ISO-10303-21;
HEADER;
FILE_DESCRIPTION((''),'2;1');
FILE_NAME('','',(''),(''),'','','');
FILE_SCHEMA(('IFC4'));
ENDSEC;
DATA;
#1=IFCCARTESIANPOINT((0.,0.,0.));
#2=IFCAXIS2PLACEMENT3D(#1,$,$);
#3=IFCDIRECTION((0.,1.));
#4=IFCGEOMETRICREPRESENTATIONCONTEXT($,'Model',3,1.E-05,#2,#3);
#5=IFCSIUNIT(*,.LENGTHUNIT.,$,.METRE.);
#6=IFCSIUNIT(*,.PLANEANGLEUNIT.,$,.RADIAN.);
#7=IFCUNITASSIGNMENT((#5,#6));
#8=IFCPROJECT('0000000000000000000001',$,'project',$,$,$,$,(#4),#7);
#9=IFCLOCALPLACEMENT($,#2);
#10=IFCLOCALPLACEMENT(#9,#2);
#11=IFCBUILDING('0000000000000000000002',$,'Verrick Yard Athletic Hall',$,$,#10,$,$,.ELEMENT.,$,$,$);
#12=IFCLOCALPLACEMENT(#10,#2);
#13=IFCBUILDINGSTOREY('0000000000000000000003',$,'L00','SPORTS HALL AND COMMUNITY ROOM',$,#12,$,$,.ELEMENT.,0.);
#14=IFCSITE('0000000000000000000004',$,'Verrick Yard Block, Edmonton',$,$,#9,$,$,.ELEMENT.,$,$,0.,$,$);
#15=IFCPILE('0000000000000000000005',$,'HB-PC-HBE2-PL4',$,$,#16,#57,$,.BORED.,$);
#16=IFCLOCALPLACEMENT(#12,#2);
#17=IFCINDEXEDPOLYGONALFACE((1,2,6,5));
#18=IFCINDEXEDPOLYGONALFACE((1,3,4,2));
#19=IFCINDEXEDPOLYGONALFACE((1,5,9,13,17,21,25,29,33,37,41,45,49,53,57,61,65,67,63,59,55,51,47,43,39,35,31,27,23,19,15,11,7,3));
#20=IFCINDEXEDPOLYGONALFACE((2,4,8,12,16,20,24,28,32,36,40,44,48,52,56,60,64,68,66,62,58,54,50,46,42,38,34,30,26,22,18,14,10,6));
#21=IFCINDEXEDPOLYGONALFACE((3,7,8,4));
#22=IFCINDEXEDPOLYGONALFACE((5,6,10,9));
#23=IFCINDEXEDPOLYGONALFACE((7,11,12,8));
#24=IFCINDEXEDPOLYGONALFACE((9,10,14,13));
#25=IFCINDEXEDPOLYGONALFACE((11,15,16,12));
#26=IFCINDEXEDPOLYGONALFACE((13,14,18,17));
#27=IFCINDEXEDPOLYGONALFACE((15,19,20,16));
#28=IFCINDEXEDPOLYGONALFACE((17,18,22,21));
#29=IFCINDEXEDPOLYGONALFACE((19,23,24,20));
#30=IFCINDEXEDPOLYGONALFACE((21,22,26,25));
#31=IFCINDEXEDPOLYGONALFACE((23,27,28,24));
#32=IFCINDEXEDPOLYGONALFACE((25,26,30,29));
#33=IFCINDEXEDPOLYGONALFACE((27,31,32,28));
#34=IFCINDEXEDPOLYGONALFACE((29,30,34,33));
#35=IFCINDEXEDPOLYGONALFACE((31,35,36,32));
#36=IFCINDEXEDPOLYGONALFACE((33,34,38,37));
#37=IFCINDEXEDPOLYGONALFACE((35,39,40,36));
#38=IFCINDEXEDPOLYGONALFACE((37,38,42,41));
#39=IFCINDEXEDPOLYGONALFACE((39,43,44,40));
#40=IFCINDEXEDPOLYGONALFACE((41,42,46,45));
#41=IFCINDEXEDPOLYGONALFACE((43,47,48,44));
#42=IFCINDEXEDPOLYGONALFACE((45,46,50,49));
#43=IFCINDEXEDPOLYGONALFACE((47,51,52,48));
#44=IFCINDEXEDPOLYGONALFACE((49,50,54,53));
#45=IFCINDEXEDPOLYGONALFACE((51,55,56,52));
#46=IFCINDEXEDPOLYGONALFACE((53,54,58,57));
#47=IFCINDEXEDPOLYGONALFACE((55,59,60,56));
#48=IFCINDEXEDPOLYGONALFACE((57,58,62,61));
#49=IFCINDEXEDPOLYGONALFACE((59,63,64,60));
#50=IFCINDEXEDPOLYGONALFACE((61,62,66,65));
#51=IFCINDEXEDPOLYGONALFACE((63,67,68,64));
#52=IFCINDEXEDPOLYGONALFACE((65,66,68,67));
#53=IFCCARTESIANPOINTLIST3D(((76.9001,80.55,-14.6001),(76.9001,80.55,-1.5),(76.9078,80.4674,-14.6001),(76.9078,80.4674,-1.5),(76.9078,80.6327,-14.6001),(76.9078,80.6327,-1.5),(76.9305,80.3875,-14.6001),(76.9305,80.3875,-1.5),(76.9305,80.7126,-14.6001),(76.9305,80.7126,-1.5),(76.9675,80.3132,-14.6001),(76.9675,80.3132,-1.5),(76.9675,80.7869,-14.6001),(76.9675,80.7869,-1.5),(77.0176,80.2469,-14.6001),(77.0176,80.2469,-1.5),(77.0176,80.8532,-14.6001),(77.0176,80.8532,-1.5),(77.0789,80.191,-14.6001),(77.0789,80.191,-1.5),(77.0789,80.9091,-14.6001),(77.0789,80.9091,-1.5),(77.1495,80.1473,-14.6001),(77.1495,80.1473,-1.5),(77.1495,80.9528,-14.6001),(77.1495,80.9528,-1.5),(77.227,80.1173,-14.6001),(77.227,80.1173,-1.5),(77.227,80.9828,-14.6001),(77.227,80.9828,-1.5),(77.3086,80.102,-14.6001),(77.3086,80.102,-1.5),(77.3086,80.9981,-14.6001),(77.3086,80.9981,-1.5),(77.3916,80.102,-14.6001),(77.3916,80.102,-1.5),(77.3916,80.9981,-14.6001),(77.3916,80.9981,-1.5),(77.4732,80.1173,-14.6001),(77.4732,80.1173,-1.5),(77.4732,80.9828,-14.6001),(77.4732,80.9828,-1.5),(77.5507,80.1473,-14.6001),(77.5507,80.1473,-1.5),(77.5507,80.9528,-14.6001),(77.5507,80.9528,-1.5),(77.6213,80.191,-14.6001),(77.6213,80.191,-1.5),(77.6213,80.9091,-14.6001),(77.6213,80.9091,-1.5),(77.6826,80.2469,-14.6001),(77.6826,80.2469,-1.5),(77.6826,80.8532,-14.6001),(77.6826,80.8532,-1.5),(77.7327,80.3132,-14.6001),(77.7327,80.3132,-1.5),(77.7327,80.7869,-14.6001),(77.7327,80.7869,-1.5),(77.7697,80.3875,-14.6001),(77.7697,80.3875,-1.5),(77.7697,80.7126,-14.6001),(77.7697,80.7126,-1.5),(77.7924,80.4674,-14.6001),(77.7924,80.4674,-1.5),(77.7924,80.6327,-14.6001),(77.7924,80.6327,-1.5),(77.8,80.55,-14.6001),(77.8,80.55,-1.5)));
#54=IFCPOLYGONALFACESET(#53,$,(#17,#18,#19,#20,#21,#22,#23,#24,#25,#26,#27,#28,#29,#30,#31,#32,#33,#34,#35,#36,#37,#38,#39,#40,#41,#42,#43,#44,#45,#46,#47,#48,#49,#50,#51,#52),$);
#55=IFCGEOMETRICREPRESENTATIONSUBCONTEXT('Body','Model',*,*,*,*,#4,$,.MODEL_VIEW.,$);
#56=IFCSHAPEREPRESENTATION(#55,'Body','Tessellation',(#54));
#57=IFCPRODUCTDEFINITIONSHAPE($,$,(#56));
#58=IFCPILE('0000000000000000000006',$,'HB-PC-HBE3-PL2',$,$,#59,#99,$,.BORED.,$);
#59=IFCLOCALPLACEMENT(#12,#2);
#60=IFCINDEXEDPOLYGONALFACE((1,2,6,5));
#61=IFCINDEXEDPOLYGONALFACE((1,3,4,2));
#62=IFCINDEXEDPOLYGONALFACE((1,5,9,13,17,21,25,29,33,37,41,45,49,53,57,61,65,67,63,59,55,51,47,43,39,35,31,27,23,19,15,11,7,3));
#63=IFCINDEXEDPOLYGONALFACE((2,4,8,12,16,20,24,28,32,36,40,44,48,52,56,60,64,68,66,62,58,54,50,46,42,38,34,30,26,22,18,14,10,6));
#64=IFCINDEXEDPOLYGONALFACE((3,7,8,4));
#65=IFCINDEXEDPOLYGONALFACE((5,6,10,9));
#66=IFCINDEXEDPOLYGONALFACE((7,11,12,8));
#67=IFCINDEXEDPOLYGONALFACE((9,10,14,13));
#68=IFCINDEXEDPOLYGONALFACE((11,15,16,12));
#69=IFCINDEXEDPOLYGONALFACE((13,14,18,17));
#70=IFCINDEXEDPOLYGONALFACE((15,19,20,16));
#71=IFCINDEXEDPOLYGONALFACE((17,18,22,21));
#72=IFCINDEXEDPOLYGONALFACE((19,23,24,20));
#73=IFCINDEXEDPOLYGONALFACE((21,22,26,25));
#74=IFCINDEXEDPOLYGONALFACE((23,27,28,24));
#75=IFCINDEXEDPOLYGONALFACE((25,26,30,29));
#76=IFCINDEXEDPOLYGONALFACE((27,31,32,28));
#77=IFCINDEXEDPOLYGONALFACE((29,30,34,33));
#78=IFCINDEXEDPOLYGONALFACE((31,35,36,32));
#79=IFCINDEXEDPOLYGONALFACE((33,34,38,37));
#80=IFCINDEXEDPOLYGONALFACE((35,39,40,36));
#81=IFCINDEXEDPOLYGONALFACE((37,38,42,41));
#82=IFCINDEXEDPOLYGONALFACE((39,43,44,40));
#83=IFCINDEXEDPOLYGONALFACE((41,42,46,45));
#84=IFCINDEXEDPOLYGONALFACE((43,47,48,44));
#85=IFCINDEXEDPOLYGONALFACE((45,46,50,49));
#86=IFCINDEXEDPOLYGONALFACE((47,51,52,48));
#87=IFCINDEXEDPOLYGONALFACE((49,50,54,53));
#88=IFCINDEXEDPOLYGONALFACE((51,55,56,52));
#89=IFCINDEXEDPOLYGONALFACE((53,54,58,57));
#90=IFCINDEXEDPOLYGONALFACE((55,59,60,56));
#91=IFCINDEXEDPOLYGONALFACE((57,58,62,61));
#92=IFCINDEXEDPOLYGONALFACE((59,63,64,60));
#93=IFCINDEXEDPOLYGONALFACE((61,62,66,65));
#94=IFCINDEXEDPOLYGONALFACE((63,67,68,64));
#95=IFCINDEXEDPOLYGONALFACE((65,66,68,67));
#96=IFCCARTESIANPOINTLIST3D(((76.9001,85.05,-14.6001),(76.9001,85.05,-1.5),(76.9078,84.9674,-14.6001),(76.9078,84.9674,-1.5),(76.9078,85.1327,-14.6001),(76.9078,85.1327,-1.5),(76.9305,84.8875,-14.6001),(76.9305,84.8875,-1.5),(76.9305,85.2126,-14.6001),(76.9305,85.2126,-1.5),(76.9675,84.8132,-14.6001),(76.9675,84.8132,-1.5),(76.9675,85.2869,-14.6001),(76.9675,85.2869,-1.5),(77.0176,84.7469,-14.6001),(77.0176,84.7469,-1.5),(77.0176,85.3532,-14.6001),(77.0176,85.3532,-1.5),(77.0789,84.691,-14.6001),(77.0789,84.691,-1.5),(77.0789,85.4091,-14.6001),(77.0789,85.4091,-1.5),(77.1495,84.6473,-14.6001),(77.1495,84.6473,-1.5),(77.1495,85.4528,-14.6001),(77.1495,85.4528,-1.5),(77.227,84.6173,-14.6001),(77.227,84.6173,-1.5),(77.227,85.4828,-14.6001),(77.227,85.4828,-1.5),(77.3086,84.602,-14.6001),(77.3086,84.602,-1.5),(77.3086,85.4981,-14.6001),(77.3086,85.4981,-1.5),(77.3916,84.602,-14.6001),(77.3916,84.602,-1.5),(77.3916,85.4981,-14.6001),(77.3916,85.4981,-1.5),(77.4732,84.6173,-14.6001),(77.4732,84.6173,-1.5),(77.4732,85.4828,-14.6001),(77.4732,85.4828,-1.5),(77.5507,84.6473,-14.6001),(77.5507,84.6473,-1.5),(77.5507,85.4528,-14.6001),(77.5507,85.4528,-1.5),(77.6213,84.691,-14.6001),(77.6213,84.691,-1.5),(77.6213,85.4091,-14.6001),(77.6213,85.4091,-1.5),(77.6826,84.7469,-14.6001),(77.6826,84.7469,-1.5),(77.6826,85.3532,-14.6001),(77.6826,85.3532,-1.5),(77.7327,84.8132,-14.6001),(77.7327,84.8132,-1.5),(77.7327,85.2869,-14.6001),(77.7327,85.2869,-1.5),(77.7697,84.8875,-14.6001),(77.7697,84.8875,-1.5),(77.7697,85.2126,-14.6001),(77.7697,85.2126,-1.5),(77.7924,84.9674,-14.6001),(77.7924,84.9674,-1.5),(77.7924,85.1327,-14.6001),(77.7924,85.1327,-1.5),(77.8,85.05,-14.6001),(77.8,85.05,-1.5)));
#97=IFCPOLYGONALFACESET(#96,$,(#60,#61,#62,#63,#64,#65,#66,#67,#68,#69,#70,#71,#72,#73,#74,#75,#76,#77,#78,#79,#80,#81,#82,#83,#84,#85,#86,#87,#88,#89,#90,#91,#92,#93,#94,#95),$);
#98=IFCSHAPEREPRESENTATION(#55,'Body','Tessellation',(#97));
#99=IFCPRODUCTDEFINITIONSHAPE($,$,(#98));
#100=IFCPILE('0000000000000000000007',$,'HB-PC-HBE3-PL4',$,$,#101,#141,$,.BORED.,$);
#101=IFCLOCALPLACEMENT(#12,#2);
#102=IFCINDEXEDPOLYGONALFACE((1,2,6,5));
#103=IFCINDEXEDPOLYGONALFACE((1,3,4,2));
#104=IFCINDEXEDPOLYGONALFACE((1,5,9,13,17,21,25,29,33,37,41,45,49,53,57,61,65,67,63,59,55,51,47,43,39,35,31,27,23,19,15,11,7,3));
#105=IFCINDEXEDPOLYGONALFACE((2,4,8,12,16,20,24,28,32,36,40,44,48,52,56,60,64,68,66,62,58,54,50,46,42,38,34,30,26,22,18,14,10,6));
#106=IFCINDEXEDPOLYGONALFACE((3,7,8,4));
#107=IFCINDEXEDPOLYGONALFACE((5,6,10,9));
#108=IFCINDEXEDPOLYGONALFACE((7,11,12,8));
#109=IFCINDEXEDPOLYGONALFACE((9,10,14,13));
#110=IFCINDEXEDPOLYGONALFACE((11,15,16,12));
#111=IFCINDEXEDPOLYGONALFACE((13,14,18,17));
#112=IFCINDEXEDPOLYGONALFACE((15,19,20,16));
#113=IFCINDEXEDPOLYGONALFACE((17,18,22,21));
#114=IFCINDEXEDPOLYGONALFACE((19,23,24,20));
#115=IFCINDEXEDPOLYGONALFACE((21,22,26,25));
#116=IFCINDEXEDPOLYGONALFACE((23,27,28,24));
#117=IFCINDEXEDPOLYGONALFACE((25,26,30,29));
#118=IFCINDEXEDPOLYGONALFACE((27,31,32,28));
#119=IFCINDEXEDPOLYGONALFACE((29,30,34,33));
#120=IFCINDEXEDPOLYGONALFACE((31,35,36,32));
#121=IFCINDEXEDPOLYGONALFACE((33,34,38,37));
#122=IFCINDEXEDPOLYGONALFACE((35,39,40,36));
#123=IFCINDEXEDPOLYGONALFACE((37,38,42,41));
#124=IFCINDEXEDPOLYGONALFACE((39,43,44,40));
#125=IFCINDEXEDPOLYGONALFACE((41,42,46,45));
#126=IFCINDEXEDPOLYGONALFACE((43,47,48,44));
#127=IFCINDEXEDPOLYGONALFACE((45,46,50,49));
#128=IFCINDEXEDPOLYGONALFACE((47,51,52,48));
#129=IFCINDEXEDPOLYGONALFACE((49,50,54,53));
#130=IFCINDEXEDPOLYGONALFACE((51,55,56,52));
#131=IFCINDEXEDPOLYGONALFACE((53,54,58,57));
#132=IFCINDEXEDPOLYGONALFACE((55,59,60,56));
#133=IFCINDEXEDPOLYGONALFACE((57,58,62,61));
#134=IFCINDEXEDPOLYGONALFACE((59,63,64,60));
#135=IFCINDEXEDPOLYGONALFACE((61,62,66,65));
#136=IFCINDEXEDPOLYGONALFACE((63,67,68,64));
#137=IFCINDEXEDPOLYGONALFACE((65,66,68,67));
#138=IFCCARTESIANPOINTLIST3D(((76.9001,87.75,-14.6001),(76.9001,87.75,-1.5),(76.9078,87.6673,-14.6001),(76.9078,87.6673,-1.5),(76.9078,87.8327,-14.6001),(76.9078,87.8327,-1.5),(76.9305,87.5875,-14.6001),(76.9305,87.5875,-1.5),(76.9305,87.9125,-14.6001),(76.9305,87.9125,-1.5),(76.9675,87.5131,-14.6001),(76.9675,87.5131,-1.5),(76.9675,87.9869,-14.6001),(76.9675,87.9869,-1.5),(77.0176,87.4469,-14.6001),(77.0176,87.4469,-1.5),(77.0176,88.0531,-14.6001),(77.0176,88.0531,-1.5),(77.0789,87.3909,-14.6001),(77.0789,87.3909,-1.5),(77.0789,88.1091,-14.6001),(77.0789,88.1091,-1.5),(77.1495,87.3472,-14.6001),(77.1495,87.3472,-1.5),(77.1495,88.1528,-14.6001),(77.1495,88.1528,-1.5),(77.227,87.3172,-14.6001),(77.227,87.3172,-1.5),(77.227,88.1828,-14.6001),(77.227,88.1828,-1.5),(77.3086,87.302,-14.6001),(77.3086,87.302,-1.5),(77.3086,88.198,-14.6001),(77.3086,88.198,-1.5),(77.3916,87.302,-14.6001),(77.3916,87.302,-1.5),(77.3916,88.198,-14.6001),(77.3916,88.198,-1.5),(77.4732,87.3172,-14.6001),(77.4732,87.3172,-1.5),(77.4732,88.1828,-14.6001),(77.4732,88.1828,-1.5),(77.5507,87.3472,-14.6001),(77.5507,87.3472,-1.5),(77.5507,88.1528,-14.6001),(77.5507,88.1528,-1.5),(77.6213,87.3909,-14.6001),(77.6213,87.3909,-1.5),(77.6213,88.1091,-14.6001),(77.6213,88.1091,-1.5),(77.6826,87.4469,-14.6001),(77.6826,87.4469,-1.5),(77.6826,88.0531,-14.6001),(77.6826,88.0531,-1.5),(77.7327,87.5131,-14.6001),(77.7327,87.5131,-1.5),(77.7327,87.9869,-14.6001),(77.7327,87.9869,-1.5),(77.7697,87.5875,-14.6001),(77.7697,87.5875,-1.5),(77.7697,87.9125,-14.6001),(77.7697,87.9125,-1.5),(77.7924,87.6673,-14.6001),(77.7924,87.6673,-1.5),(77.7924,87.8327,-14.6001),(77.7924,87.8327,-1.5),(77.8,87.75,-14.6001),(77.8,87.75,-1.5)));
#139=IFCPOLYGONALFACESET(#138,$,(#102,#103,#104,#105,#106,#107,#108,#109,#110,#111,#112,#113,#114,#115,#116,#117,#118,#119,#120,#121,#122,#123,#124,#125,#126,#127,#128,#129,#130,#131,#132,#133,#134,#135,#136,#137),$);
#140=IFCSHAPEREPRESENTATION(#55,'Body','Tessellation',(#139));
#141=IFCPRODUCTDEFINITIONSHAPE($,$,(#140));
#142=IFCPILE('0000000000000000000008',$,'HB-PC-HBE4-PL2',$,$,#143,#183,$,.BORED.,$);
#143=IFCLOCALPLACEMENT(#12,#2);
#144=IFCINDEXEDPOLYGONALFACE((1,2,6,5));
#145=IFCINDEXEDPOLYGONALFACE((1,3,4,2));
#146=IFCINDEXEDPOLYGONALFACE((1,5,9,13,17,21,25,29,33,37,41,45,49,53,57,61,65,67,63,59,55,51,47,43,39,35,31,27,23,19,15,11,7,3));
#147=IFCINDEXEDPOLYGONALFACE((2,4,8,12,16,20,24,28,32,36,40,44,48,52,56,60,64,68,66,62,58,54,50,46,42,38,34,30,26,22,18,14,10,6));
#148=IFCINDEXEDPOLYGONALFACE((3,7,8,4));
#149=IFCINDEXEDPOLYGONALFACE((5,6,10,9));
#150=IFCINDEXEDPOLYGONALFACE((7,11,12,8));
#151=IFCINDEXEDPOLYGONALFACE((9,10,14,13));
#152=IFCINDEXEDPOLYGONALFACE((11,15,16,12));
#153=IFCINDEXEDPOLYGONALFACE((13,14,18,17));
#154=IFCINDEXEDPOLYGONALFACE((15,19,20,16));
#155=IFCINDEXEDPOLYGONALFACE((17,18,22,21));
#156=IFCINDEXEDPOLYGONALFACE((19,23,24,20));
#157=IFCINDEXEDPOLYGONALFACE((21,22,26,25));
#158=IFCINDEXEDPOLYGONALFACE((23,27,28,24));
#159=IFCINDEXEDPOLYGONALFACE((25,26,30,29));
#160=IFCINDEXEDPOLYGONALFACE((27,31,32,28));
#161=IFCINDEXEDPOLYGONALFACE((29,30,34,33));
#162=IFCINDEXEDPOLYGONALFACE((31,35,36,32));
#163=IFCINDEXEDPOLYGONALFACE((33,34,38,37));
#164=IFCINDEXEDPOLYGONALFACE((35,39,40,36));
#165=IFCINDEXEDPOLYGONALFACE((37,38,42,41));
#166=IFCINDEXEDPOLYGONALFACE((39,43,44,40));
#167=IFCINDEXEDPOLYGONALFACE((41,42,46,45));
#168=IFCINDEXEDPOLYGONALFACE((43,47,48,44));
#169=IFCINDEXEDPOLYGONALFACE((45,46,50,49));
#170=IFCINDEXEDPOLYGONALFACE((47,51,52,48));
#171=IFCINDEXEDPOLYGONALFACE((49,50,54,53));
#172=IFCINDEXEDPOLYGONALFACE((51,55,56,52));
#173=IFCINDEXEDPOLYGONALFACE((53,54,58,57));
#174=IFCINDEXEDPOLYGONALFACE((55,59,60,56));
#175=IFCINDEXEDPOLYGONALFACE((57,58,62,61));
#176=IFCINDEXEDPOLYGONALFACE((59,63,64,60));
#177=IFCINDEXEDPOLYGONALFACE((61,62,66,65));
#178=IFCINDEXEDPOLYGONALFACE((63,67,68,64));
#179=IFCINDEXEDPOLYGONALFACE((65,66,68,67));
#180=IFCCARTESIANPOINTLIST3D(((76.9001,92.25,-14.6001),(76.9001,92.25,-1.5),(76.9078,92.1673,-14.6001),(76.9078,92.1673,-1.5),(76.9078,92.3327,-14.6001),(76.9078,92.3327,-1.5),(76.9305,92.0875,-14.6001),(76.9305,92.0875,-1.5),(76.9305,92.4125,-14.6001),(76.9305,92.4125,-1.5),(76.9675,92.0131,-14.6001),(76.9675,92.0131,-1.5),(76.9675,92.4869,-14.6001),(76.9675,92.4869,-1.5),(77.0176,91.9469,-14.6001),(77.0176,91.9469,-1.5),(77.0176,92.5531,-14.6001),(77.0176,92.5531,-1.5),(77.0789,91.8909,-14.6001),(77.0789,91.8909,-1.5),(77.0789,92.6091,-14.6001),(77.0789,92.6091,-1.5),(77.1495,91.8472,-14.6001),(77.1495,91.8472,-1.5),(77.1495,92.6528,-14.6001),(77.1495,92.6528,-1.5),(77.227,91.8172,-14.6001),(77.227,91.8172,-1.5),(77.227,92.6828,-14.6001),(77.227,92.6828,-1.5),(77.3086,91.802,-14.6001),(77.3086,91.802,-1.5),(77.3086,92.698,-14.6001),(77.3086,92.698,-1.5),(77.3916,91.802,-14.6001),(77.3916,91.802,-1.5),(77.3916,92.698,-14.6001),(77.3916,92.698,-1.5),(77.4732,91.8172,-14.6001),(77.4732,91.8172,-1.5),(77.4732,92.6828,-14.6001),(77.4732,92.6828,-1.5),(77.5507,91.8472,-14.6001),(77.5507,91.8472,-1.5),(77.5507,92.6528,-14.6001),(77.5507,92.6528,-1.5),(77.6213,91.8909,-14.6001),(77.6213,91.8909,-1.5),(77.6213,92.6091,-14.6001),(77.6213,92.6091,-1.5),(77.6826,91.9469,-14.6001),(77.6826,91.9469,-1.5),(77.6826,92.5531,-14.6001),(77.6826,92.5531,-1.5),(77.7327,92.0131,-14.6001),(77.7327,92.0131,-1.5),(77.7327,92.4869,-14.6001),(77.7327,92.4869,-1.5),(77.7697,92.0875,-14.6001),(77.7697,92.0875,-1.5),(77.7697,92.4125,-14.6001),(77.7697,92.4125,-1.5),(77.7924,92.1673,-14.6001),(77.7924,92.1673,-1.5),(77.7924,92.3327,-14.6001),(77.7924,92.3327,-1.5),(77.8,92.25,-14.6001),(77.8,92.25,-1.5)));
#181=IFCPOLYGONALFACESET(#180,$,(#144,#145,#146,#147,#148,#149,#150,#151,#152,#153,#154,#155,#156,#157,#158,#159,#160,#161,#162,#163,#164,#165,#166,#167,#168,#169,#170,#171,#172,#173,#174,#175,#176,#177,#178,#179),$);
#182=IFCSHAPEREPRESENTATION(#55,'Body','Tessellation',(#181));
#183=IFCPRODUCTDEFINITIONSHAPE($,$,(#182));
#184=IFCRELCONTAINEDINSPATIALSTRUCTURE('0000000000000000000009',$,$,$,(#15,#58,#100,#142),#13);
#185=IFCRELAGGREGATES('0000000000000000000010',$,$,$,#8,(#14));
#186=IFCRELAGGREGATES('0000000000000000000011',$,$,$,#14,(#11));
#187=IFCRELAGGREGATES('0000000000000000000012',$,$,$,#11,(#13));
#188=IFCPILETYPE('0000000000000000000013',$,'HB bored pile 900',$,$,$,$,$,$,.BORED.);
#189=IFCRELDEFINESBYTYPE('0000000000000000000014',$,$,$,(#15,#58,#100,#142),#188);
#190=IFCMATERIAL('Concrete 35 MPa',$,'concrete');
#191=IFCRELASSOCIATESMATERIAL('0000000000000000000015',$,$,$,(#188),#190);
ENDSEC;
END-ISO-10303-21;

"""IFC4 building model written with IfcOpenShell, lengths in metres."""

from ifc_helpers import new_model, si_unit, direction, frame, origin, origin_2d, place, context, subcontext, project, spatial, circle, extrude, material, material_profile, profile_set, type_object, element, save


model = new_model("IFC4")

# Units and contexts
model_context = context("Model", 3, precision=1e-05, world=origin(), true_north=direction((0.0, 1.0)))
body_context = subcontext(model_context, "Body", "Model", "MODEL_VIEW")
ifc_project = project(units=[si_unit("LENGTHUNIT", "METRE"), si_unit("PLANEANGLEUNIT", "RADIAN")], contexts=[model_context])

# Site, building, storey
site_placement = place(None, origin())
site = spatial("IfcSite", under=ifc_project, at=site_placement, Name="Verrick Yard Block, Edmonton", CompositionType="ELEMENT", RefElevation=0.0)
building_placement = place(site_placement, origin())
building = spatial("IfcBuilding", under=site, at=building_placement, Name="Verrick Yard Athletic Hall", CompositionType="ELEMENT")
storey_placement = place(building_placement, origin())
storey = spatial("IfcBuildingStorey", under=building, at=storey_placement, Name="L00", Description="SPORTS HALL AND COMMUNITY ROOM", CompositionType="ELEMENT", Elevation=0.0)

# Piles
ifc_material_1 = material(Name="Concrete 35 MPa", Category="concrete")
ifc_material_profile_1 = material_profile(ifc_material_1, circle(Radius=0.45, at=origin_2d()), Name="Bored pile 900")
ifc_profile_set_1 = profile_set([ifc_material_profile_1], Name="Concrete 35 MPa")
pile_type = type_object("IfcPileType", Name="HB bored pile 900", PredefinedType="BORED", material=ifc_profile_set_1)
for number, where, z_axis, x_axis, name in (
    (1, (77.3501, 80.55, -1.5), (0.0, 0.0, -1.0), (1.0, 0.0, 0.0), "HB-PC-HBE2-PL4"),
    (2, (77.3501, 85.05, -1.5), (0.0, 0.0, -1.0), (1.0, 0.0, 0.0), "HB-PC-HBE3-PL2"),
    (3, (77.3501, 87.75, -1.5), (0.0, 0.0, -1.0), (1.0, 0.0, 0.0), "HB-PC-HBE3-PL4"),
    (4, (77.3501, 92.25, -1.5), (0.0, 0.0, -1.0), (1.0, 0.0, 0.0), "HB-PC-HBE4-PL2"),
):
    element("IfcPile", number, at=place(storey_placement, frame(where, z_axis=z_axis, x_axis=x_axis)), inside=storey, type_object=pile_type, Name=name, PredefinedType="BORED", context=body_context, shape_type="SweptSolid", body=[
        extrude(circle(Radius=0.45, at=origin_2d()), origin(), (0.0, 0.0, 1.0), 13.1001),
    ])

save(model, "model.ifc")
